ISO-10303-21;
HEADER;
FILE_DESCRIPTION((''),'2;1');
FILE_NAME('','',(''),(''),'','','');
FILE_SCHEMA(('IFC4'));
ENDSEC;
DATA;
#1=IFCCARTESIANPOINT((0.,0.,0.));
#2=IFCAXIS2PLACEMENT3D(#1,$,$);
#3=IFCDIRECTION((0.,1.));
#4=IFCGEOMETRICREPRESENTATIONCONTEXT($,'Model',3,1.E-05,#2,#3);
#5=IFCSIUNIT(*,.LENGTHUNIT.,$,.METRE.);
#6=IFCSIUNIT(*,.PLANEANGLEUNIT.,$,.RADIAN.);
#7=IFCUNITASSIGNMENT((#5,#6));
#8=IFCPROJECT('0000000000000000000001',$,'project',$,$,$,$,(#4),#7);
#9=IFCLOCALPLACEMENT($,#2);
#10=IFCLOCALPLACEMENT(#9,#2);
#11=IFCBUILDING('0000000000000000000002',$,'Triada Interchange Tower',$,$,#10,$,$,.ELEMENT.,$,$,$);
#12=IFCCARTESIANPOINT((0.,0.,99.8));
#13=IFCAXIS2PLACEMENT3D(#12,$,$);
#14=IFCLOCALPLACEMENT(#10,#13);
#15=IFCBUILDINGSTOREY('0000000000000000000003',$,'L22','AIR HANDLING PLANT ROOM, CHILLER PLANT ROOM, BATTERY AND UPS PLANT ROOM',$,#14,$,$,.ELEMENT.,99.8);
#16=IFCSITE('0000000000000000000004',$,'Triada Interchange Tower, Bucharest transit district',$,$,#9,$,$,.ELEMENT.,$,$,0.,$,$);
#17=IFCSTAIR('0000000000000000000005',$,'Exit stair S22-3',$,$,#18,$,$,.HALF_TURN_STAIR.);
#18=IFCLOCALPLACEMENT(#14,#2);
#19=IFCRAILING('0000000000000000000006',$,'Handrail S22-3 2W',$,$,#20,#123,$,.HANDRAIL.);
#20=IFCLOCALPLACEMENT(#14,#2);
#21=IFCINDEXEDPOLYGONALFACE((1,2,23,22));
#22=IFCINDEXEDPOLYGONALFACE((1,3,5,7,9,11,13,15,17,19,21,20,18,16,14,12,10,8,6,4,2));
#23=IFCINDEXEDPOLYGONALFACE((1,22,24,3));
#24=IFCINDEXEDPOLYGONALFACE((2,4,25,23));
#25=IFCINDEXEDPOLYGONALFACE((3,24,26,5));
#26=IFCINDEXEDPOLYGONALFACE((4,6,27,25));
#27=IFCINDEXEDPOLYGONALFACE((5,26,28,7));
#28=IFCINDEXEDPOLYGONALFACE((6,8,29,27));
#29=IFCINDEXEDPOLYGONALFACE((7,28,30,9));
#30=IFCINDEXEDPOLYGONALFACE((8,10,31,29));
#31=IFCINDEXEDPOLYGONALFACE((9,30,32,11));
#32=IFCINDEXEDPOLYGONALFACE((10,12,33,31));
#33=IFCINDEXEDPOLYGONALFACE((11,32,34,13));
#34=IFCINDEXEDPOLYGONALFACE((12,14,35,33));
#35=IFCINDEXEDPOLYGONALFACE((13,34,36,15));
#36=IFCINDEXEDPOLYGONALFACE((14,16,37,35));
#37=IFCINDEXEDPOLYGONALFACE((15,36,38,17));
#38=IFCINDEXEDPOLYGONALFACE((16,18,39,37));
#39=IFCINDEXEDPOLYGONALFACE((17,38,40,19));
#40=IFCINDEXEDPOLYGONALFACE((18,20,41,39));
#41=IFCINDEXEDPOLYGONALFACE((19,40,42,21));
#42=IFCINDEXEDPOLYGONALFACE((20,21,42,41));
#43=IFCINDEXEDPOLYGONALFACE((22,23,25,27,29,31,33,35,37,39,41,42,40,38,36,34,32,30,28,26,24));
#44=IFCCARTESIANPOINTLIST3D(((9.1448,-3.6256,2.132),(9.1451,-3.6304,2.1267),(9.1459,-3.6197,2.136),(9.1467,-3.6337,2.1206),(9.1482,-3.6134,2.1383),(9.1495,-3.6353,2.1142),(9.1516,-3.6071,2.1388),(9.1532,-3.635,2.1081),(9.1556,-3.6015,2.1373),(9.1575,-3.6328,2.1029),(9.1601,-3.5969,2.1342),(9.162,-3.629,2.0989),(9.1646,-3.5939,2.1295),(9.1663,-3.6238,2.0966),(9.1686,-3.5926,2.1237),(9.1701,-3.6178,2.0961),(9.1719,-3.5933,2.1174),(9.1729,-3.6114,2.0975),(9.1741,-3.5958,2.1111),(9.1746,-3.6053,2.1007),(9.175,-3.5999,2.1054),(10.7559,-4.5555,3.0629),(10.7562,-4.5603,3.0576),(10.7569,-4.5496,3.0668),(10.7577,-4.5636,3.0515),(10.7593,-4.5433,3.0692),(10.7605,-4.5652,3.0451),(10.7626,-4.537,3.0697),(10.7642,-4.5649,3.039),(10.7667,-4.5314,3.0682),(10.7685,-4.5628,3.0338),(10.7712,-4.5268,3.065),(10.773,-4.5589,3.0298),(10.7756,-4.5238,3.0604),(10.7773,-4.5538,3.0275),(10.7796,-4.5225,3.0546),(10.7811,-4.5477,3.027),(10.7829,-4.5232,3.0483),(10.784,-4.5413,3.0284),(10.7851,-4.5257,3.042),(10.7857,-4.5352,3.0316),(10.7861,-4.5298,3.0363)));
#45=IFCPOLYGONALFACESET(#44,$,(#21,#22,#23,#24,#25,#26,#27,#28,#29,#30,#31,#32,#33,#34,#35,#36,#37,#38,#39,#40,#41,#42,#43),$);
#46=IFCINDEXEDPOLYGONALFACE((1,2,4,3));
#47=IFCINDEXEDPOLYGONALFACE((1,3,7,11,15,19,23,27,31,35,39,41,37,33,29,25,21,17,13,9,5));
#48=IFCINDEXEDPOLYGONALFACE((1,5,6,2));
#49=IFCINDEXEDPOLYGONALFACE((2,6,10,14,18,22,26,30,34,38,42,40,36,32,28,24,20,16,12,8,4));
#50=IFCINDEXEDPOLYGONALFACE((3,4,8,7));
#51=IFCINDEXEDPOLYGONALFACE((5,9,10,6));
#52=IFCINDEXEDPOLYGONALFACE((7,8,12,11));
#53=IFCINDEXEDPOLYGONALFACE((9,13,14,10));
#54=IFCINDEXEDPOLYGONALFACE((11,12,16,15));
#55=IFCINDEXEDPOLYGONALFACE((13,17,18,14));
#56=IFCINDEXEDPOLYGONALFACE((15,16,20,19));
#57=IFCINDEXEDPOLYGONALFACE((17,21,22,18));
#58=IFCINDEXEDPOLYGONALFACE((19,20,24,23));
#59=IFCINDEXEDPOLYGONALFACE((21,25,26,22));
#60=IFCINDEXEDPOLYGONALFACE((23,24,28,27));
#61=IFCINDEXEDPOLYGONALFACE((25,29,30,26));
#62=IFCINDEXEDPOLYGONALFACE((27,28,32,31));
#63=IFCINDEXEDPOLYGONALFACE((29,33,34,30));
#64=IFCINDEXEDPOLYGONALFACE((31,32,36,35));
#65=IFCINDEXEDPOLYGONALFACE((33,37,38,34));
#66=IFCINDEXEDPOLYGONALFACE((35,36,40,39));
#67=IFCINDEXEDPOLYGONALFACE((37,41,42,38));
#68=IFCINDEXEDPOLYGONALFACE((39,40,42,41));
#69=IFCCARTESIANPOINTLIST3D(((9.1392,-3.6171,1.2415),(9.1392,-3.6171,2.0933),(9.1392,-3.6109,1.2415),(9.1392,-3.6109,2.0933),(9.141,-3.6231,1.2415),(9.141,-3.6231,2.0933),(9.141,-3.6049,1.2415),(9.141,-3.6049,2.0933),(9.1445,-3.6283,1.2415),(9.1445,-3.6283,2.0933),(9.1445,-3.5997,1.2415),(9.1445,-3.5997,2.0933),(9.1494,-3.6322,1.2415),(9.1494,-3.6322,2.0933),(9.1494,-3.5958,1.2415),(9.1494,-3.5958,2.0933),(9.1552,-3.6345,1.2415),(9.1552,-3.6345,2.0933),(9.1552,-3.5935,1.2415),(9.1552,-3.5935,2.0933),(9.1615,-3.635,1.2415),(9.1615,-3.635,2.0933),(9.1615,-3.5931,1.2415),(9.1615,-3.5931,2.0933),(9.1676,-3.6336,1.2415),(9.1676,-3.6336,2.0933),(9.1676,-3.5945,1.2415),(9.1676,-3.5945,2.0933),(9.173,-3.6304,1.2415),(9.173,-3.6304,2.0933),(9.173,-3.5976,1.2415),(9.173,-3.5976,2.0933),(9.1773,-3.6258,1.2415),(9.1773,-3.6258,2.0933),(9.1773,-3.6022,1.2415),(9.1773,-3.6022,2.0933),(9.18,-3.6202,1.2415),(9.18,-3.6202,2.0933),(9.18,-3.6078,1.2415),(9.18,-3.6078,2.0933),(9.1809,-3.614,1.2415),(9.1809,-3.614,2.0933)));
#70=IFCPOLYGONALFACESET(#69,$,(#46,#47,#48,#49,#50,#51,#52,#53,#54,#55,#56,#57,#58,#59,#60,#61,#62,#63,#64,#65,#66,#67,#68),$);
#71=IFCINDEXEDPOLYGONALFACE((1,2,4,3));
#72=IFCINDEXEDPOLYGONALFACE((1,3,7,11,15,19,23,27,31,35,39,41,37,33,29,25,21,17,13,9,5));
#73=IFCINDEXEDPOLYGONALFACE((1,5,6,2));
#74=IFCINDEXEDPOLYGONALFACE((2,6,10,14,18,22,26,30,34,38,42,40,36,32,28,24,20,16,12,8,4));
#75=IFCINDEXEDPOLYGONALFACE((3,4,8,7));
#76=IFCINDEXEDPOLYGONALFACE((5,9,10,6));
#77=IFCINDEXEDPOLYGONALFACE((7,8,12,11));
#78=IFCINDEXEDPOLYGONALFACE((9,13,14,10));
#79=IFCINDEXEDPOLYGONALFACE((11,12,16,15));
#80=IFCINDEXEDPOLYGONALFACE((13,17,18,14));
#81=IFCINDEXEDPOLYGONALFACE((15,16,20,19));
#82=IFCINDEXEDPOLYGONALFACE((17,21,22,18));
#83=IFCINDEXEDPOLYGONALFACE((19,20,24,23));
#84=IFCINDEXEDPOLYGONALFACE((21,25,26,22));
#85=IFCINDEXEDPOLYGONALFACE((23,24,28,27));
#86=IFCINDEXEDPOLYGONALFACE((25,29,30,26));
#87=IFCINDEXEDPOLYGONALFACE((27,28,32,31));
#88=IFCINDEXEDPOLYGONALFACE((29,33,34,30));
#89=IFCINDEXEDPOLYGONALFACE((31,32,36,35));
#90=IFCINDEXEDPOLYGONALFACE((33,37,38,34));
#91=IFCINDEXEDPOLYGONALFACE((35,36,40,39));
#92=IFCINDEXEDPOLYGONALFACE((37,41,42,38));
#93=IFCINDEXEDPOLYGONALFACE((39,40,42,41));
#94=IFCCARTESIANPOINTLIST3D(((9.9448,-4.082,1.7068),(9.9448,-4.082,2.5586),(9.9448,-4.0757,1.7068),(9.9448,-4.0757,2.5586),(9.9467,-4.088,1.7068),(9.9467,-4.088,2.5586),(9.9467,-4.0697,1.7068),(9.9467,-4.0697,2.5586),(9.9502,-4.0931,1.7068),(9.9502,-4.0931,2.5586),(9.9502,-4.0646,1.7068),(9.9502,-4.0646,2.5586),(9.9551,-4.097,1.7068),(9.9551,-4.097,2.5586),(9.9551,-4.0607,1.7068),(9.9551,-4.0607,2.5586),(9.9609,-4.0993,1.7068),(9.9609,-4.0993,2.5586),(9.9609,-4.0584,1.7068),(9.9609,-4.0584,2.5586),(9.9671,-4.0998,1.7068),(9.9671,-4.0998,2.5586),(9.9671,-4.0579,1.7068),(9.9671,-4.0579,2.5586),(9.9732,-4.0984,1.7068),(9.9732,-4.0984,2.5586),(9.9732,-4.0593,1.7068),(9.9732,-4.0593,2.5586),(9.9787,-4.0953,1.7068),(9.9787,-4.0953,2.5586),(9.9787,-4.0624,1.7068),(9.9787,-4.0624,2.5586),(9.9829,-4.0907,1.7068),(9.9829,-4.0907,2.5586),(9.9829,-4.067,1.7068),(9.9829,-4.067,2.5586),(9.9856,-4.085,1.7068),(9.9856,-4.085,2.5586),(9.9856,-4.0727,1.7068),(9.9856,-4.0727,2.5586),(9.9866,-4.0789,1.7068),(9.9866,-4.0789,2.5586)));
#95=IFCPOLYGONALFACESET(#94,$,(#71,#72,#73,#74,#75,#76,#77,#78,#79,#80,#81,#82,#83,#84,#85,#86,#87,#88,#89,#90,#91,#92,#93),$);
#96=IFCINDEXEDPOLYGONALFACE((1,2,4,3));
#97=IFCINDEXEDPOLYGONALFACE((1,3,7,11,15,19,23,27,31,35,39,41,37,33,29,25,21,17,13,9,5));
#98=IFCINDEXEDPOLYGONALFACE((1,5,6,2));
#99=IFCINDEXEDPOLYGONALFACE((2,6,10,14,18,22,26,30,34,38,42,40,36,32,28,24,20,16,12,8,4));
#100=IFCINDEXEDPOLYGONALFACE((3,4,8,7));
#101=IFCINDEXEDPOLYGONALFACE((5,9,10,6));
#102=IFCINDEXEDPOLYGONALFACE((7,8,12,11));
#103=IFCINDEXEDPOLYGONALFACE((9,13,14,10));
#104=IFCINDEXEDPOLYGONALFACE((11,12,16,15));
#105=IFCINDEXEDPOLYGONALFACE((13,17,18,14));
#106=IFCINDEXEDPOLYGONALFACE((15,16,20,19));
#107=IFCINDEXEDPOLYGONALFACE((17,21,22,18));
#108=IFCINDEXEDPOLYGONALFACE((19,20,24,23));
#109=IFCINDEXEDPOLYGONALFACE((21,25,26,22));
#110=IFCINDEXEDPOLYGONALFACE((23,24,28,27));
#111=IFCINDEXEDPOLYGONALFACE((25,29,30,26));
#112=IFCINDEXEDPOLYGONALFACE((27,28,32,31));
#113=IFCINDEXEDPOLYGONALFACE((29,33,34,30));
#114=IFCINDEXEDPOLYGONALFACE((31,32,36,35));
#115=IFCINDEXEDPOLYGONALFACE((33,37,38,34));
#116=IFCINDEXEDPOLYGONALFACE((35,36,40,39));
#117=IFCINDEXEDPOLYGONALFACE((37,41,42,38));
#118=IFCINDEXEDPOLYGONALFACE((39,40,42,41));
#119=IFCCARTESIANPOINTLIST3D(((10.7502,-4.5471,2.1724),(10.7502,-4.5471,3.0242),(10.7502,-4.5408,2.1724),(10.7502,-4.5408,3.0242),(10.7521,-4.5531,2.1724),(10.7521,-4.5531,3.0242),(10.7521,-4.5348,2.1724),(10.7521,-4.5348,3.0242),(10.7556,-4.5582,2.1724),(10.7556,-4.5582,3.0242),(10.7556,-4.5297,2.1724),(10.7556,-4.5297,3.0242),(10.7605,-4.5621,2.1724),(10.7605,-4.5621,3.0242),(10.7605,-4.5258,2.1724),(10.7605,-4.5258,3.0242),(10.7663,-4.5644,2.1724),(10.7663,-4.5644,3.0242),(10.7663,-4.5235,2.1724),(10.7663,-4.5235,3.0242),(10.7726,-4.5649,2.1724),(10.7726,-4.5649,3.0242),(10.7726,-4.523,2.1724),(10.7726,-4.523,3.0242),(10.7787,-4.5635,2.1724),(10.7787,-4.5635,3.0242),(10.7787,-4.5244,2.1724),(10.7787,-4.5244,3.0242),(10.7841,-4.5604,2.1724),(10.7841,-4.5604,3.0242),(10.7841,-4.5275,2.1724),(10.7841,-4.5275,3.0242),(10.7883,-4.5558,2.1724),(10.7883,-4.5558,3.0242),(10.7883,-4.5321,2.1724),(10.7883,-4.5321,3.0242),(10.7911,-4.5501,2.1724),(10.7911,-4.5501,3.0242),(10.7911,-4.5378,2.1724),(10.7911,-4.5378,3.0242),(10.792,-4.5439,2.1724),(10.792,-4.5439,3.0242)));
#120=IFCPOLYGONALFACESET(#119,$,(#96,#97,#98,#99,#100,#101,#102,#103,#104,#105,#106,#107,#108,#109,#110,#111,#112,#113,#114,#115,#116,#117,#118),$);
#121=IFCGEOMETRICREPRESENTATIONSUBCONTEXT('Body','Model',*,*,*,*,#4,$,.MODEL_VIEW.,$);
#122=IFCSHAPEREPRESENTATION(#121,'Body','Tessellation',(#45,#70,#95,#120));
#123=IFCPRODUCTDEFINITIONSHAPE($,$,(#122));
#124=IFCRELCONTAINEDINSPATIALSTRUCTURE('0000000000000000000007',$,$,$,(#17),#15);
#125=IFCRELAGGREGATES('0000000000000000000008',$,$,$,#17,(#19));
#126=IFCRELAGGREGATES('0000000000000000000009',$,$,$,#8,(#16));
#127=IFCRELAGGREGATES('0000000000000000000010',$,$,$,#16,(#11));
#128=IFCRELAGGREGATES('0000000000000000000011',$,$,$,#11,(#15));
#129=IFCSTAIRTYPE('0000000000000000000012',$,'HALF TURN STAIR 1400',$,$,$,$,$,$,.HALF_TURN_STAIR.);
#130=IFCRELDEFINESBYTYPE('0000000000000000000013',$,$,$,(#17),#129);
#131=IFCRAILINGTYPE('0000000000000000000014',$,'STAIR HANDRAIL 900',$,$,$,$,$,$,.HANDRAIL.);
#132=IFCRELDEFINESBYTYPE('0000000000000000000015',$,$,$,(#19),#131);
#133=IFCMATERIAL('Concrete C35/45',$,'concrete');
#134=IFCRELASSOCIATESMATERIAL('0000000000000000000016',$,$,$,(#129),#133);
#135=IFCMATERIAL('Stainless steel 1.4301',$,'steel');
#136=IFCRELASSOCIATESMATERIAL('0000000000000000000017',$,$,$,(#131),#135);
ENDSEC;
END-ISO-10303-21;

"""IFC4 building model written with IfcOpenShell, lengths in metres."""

from ifc_helpers import new_model, si_unit, direction, frame, origin, origin_2d, place, context, subcontext, project, spatial, circle, extrude, material, type_object, element, aggregate, save


model = new_model("IFC4")

# Units and contexts
model_context = context("Model", 3, precision=1e-05, world=origin(), true_north=direction((0.0, 1.0)))
body_context = subcontext(model_context, "Body", "Model", "MODEL_VIEW")
ifc_project = project(units=[si_unit("LENGTHUNIT", "METRE"), si_unit("PLANEANGLEUNIT", "RADIAN")], contexts=[model_context])

# Site, building, storey
site_placement = place(None, origin())
site = spatial("IfcSite", under=ifc_project, at=site_placement, Name="Triada Interchange Tower, Bucharest transit district", CompositionType="ELEMENT", RefElevation=0.0)
building_placement = place(site_placement, origin())
building = spatial("IfcBuilding", under=site, at=building_placement, Name="Triada Interchange Tower", CompositionType="ELEMENT")
storey_placement = place(building_placement, frame((0.0, 0.0, 99.8)))
storey = spatial("IfcBuildingStorey", under=building, at=storey_placement, Name="L22", Description="AIR HANDLING PLANT ROOM, CHILLER PLANT ROOM, BATTERY AND UPS PLANT ROOM", CompositionType="ELEMENT", Elevation=99.8)

# Stair, railing
ifc_material_1 = material(Name="Concrete C35/45", Category="concrete")
stair_type = type_object("IfcStairType", Name="HALF TURN STAIR 1400", PredefinedType="HALF_TURN_STAIR", material=ifc_material_1)
stair_placement = place(storey_placement, origin())
stair = element("IfcStair", 1, at=stair_placement, inside=storey, type_object=stair_type, Name="Exit stair S22-3", PredefinedType="HALF_TURN_STAIR")
ifc_material_2 = material(Name="Stainless steel 1.4301", Category="steel")
railing_type = type_object("IfcRailingType", Name="STAIR HANDRAIL 900", PredefinedType="HANDRAIL", material=ifc_material_2)
railing_1_placement = place(storey_placement, frame((9.1599, -3.614, 1.2415)))
railing_1 = element("IfcRailing", 2, at=railing_1_placement, type_object=railing_type, Name="Handrail S22-3 2W", PredefinedType="HANDRAIL", context=body_context, shape_type="SweptSolid", body=[
    extrude(circle(Radius=0.0239, at=origin_2d()), frame((0.0, 0.0, 0.876), z_axis=(0.77451, -0.447054, 0.447523), x_axis=(0.499908, 0.866079, 0.0)), (0.0, 0.0, 1.0), 2.0801),
    extrude(circle(Radius=0.021, at=origin_2d()), origin(), (0.0, 0.0, 1.0), 0.8518),
    extrude(circle(Radius=0.021, at=origin_2d()), frame((0.8057, -0.4648, 0.4653)), (0.0, 0.0, 1.0), 0.8518),
    extrude(circle(Radius=0.021, at=origin_2d()), frame((1.6111, -0.9299, 0.9309)), (0.0, 0.0, 1.0), 0.8518),
])
aggregate(stair, [railing_1])

save(model, "model.ifc")
